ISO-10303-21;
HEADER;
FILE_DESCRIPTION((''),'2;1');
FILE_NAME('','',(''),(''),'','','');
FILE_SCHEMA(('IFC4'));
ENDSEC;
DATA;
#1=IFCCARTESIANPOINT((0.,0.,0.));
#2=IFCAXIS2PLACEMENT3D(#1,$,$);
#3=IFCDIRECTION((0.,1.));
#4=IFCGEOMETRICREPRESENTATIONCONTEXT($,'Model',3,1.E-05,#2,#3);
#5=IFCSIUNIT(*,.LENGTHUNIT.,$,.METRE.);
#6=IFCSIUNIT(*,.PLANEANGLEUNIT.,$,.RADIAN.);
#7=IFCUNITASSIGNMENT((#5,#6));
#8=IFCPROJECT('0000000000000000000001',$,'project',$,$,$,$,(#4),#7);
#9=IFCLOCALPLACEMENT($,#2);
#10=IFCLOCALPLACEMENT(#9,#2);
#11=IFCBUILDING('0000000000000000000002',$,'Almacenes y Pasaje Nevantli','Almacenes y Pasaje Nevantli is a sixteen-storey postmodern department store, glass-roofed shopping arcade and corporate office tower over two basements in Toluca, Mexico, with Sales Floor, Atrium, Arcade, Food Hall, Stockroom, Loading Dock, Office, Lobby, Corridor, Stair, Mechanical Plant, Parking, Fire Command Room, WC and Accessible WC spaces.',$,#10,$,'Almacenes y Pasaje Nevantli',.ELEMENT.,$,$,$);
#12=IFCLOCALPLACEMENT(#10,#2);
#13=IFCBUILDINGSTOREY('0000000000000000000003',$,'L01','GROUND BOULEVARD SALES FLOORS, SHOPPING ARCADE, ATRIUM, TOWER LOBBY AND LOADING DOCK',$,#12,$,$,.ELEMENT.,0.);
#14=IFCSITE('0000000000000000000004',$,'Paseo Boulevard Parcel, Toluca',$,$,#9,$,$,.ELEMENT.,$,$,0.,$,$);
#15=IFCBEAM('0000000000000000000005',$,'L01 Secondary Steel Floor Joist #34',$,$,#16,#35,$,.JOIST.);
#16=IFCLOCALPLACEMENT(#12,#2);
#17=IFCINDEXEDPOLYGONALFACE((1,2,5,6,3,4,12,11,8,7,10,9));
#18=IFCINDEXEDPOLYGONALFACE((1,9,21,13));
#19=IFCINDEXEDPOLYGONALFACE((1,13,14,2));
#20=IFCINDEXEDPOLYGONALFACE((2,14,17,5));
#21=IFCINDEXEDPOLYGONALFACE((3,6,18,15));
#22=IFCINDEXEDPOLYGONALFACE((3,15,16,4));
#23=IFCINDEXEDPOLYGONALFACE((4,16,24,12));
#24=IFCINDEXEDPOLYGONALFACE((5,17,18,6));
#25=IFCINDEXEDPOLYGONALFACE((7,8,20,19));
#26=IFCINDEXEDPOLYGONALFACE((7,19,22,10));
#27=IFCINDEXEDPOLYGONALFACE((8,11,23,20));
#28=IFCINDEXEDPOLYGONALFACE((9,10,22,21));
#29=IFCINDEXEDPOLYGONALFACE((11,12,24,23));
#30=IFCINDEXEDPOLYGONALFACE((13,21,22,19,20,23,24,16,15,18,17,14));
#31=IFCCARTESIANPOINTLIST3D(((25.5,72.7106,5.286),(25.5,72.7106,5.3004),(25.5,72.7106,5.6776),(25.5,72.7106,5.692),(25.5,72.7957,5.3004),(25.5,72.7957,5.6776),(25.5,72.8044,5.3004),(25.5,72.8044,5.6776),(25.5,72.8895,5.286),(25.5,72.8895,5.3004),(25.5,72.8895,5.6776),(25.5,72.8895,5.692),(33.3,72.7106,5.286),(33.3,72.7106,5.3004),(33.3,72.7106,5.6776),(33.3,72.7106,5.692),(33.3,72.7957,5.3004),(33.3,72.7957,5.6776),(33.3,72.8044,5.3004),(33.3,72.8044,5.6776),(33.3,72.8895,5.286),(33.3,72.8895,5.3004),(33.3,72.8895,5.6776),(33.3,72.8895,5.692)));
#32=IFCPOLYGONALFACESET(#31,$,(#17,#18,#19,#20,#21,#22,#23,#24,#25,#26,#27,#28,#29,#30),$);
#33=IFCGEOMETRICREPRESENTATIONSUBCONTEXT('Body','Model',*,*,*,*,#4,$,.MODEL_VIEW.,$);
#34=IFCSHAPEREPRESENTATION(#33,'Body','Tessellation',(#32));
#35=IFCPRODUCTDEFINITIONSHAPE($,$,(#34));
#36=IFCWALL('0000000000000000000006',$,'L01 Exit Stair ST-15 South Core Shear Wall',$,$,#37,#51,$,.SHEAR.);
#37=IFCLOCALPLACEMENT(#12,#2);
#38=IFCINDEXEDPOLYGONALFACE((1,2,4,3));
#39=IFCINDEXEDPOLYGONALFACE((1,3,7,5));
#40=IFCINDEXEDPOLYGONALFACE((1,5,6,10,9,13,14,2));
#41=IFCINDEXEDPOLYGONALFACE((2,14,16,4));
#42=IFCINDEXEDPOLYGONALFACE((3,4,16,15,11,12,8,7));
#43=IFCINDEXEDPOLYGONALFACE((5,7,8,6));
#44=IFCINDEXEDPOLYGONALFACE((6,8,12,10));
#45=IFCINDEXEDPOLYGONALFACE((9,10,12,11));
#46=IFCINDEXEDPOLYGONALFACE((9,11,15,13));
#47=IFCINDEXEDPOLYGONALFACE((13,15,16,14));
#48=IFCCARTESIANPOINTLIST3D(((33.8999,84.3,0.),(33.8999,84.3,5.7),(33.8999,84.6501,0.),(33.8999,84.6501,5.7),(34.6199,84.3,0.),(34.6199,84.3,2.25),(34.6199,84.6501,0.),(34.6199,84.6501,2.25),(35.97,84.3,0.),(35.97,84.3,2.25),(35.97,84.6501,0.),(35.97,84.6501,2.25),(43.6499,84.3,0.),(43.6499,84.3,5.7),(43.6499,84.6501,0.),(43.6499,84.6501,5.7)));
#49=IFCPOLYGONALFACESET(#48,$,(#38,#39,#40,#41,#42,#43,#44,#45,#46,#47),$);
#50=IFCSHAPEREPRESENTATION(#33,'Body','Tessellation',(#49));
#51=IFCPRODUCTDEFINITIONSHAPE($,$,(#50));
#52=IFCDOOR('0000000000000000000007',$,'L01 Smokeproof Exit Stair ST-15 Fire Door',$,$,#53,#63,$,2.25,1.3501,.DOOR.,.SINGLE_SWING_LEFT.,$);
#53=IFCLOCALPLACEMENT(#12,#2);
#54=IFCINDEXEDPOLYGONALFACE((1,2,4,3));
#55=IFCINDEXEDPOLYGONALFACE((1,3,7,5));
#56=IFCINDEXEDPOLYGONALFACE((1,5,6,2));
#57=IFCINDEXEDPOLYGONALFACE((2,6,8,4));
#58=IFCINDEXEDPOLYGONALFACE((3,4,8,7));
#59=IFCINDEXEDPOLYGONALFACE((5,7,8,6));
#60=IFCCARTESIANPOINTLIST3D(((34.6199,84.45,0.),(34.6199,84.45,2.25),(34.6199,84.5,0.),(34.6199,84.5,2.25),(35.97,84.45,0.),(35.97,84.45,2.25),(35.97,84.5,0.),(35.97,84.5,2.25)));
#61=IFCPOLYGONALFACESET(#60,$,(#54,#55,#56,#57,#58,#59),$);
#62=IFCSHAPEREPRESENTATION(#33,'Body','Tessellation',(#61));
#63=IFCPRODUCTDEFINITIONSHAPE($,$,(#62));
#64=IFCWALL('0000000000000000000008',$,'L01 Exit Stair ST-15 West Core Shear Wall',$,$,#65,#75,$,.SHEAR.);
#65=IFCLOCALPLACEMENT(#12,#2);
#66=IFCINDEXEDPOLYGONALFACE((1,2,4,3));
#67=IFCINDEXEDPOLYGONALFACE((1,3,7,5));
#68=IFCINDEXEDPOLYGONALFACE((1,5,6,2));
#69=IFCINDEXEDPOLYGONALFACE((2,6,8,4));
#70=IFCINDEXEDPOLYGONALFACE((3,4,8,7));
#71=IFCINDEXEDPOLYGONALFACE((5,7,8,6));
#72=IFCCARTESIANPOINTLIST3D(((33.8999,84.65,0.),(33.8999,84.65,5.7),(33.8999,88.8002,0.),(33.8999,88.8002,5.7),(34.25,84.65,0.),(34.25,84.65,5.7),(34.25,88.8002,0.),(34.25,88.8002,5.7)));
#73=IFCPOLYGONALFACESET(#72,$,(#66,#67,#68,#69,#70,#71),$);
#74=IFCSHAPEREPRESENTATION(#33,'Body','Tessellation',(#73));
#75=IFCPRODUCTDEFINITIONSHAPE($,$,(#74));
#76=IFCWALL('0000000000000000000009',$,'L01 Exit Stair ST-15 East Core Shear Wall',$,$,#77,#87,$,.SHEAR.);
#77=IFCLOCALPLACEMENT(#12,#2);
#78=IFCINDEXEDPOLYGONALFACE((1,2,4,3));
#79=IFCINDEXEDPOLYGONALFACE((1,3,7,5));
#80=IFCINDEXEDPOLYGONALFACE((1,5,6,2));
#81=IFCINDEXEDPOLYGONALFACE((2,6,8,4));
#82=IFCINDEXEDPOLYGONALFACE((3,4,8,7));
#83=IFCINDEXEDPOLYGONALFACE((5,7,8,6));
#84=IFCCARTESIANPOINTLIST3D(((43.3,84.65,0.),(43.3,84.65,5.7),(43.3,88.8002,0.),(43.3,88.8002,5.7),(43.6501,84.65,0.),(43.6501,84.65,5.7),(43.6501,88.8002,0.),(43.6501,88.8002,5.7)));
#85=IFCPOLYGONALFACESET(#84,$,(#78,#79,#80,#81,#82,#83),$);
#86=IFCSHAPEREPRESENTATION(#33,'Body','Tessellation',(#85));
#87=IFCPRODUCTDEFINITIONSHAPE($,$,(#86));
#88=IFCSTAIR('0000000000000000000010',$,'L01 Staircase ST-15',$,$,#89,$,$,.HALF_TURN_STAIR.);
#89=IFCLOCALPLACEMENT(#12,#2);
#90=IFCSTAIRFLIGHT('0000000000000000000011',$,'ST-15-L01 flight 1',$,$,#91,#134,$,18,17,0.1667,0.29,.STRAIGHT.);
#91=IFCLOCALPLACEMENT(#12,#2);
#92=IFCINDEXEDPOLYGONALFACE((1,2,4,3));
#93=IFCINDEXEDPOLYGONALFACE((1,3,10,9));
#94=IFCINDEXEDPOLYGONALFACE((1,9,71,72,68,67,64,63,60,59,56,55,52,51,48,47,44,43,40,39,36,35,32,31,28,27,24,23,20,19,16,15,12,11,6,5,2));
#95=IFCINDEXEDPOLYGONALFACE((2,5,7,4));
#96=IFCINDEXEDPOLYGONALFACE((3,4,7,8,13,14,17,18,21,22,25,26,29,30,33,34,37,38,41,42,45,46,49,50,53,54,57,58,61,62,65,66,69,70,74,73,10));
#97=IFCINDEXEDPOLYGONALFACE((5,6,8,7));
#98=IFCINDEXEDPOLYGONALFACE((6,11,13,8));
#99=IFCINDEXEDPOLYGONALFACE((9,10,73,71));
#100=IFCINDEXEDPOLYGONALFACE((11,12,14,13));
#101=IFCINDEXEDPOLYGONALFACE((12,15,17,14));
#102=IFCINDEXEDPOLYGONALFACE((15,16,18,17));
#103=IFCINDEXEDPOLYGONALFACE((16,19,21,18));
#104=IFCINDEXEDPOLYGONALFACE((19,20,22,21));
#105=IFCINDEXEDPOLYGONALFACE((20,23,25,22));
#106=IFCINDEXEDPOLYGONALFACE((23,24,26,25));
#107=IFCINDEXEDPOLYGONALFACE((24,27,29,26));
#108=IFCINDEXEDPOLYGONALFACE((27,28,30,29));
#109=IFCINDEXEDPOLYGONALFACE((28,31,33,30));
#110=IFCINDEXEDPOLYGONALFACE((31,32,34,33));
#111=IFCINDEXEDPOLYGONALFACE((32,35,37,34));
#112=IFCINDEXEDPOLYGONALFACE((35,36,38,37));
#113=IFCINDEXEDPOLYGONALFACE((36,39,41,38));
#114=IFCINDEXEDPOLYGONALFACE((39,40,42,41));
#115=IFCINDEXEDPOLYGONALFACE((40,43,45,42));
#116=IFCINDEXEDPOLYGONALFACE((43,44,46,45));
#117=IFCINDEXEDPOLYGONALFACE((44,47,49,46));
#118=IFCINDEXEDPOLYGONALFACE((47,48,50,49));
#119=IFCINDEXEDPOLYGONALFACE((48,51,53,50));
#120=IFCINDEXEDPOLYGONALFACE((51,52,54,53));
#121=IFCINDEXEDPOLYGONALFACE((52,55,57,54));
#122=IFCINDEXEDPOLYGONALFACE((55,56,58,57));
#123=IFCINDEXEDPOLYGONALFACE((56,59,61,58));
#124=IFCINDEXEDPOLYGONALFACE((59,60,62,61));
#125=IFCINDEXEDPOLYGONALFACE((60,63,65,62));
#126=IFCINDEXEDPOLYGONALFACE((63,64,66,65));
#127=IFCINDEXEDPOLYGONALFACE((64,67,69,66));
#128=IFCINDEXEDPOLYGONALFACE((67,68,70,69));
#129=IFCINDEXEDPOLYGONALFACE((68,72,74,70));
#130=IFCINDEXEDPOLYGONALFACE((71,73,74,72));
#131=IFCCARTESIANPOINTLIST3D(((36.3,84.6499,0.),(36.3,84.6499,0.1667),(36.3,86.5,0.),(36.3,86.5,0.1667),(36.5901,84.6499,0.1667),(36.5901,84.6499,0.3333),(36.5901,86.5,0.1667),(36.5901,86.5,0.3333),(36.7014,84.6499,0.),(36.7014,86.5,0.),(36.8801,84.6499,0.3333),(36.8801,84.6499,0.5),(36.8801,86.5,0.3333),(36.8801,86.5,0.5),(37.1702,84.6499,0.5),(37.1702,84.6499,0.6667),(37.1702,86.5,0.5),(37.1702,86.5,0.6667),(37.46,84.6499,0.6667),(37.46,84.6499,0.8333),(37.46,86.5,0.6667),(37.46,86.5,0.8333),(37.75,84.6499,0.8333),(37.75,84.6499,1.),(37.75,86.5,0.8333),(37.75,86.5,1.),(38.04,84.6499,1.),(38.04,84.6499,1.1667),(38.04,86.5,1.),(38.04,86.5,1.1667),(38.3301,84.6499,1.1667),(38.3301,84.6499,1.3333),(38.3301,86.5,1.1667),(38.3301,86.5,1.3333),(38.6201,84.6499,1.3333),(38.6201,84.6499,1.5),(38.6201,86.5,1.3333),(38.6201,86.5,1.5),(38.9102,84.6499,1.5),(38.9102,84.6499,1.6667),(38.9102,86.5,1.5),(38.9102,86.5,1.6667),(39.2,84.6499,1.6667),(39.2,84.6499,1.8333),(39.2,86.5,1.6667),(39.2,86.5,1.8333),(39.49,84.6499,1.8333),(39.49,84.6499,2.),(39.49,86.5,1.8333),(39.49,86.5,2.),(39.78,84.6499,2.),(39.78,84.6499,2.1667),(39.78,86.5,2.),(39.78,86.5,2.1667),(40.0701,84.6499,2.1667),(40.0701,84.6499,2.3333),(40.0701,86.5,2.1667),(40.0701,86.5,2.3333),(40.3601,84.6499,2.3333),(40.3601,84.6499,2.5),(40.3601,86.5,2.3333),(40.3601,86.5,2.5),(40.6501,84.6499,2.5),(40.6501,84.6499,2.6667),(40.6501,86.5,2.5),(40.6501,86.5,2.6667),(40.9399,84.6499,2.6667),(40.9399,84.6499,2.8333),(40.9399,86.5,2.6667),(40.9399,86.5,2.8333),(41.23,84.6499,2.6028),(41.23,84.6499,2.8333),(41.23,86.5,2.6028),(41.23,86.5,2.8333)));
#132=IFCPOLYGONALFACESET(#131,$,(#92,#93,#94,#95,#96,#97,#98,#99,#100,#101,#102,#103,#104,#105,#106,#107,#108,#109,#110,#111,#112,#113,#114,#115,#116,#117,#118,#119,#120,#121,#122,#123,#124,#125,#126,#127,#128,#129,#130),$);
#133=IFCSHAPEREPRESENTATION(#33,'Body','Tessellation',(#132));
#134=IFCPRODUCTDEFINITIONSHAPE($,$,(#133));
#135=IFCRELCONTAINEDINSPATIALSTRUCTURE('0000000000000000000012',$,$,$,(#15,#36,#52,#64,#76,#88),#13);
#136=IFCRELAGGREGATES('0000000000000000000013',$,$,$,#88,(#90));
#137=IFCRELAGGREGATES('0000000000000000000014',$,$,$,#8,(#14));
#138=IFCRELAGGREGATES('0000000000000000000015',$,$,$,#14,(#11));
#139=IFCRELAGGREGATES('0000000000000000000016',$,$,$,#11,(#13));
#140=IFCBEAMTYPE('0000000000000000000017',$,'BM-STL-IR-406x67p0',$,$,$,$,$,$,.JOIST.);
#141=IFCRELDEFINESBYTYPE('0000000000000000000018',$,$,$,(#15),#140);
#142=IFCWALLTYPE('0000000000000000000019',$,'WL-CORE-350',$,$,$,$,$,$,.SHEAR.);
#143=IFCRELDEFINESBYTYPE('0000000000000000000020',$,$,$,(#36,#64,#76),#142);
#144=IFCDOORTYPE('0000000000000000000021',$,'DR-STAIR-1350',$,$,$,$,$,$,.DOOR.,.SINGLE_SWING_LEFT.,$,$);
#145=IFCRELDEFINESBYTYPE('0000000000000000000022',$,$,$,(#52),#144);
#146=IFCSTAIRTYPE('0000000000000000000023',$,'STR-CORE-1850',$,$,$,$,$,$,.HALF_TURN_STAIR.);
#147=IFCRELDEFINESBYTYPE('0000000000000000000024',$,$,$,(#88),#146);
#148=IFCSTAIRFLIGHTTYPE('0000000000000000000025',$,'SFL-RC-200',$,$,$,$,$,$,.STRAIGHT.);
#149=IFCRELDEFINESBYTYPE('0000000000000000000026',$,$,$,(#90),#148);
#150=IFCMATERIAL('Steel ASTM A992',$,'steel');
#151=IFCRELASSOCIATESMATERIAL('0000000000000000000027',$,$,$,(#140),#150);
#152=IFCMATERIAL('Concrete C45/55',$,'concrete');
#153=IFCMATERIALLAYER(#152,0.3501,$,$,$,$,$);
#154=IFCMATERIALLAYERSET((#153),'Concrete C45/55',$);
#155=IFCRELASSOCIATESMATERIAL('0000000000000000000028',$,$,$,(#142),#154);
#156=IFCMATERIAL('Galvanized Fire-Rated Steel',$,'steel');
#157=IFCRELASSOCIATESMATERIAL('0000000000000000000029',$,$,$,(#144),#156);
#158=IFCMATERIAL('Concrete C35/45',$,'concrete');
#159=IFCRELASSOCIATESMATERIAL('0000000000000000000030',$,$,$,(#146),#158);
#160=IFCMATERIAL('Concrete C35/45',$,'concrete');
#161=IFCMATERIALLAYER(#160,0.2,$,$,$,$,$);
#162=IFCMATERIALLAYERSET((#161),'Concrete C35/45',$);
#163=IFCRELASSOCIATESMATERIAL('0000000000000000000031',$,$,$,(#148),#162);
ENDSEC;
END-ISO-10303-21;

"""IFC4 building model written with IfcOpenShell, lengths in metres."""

from ifc_helpers import new_model, si_unit, direction, frame, frame_2d, origin, origin_2d, place, context, subcontext, project, spatial, polyline, rectangle, i_section, outline, extrude, material, layer, layer_set, material_profile, profile_set, type_object, element, fill, aggregate, save


model = new_model("IFC4")

# Units and contexts
model_context = context("Model", 3, precision=1e-05, world=origin(), true_north=direction((0.0, 1.0)))
body_context = subcontext(model_context, "Body", "Model", "MODEL_VIEW")
ifc_project = project(units=[si_unit("LENGTHUNIT", "METRE"), si_unit("PLANEANGLEUNIT", "RADIAN")], contexts=[model_context])

# Site, building, storey
site_placement = place(None, origin())
site = spatial("IfcSite", under=ifc_project, at=site_placement, Name="Paseo Boulevard Parcel, Toluca", CompositionType="ELEMENT", RefElevation=0.0)
building_placement = place(site_placement, origin())
building = spatial("IfcBuilding", under=site, at=building_placement, Name="Almacenes y Pasaje Nevantli", Description="Almacenes y Pasaje Nevantli is a sixteen-storey postmodern department store, glass-roofed shopping arcade and corporate office tower over two basements in Toluca, Mexico, with Sales Floor, Atrium, Arcade, Food Hall, Stockroom, Loading Dock, Office, Lobby, Corridor, Stair, Mechanical Plant, Parking, Fire Command Room, WC and Accessible WC spaces.", LongName="Almacenes y Pasaje Nevantli", CompositionType="ELEMENT")
storey_placement = place(building_placement, origin())
storey = spatial("IfcBuildingStorey", under=building, at=storey_placement, Name="L01", Description="GROUND BOULEVARD SALES FLOORS, SHOPPING ARCADE, ATRIUM, TOWER LOBBY AND LOADING DOCK", CompositionType="ELEMENT", Elevation=0.0)

# Beam
ifc_material_1 = material(Name="Steel ASTM A992", Category="steel")
ifc_material_profile_1 = material_profile(ifc_material_1, i_section(OverallWidth=0.179, OverallDepth=0.406, WebThickness=0.0088, FlangeThickness=0.0144, at=origin_2d()), Name="IR 406x67.0")
ifc_profile_set_1 = profile_set([ifc_material_profile_1], Name="Steel ASTM A992")
beam_type_1 = type_object("IfcBeamType", Name="BM-STL-IR-406x67p0", PredefinedType="JOIST", material=ifc_profile_set_1)
for number, where, z_axis, x_axis, name in (
    (1, (25.5, 72.8, 5.489), (1.0, 0.0, 0.0), (0.0, 1.0, 0.0), "L01 Secondary Steel Floor Joist #34"),
):
    element("IfcBeam", number, at=place(storey_placement, frame(where, z_axis=z_axis, x_axis=x_axis)), inside=storey, type_object=beam_type_1, Name=name, PredefinedType="JOIST", context=body_context, shape_type="SweptSolid", body=[
        extrude(i_section(OverallWidth=0.179, OverallDepth=0.406, WebThickness=0.0088, FlangeThickness=0.0144, at=origin_2d()), origin(), (0.0, 0.0, 1.0), 7.8),
    ])

# Wall, opening, door
ifc_material_2 = material(Name="Concrete C45/55", Category="concrete")
ifc_layer_1 = layer(ifc_material_2, 0.3501)
ifc_layer_set_1 = layer_set([ifc_layer_1], Name="Concrete C45/55")
wall_type = type_object("IfcWallType", Name="WL-CORE-350", PredefinedType="SHEAR", material=ifc_layer_set_1)
wall_placement = place(storey_placement, frame((33.8999, 84.4751, 0.0), z_axis=(0.0, 0.0, 1.0), x_axis=(1.0, 0.0, 0.0)))
wall = element("IfcWall", 2, at=wall_placement, inside=storey, type_object=wall_type, Name="L01 Exit Stair ST-15 South Core Shear Wall", PredefinedType="SHEAR", context=body_context, shape_type="SweptSolid", body=[
    extrude(rectangle(XDim=9.75, YDim=0.3501, at=frame_2d((4.875, 0.0))), origin(), (0.0, 0.0, 1.0), 5.7),
])
opening_placement = place(wall_placement, frame((0.72, 0.0, 0.0)))
opening = element("IfcOpeningElement", 3, at=opening_placement, cuts=wall, PredefinedType="OPENING", context=body_context, shape_type="SweptSolid", body=[
    extrude(rectangle(XDim=1.3501, YDim=2.25, at=frame_2d((0.675, 1.125))), frame((0.0, 0.1851, 0.0), z_axis=(0.0, -1.0, 0.0), x_axis=(1.0, 0.0, 0.0)), (0.0, 0.0, 1.0), 0.3701),
])
ifc_material_3 = material(Name="Galvanized Fire-Rated Steel", Category="steel")
door_type = type_object("IfcDoorType", Name="DR-STAIR-1350", OperationType="SINGLE_SWING_LEFT", PredefinedType="DOOR", material=ifc_material_3)
door_placement = place(opening_placement, origin())
door = element("IfcDoor", 4, at=door_placement, inside=storey, type_object=door_type, Name="L01 Smokeproof Exit Stair ST-15 Fire Door", OperationType="SINGLE_SWING_LEFT", OverallHeight=2.25, OverallWidth=1.3501, PredefinedType="DOOR", context=body_context, shape_type="SweptSolid", body=[
    extrude(rectangle(XDim=1.3501, YDim=2.25, at=frame_2d((0.675, 1.125))), frame((0.0, 0.0249, 0.0), z_axis=(0.0, -1.0, 0.0), x_axis=(1.0, 0.0, 0.0)), (0.0, 0.0, 1.0), 0.05),
])
fill(opening, door)

# Walls
for number, where, z_axis, x_axis, name in (
    (5, (34.075, 84.6499, 0.0), (0.0, 0.0, 1.0), (0.0, 1.0, 0.0), "L01 Exit Stair ST-15 West Core Shear Wall"),
    (6, (43.4751, 84.6499, 0.0), (0.0, 0.0, 1.0), (0.0, 1.0, 0.0), "L01 Exit Stair ST-15 East Core Shear Wall"),
):
    element("IfcWall", number, at=place(storey_placement, frame(where, z_axis=z_axis, x_axis=x_axis)), inside=storey, type_object=wall_type, Name=name, PredefinedType="SHEAR", context=body_context, shape_type="SweptSolid", body=[
        extrude(rectangle(XDim=4.1501, YDim=0.3501, at=frame_2d((2.0752, 0.0))), origin(), (0.0, 0.0, 1.0), 5.7),
    ])

# Stair, stair flight
ifc_material_4 = material(Name="Concrete C35/45", Category="concrete")
stair_type = type_object("IfcStairType", Name="STR-CORE-1850", PredefinedType="HALF_TURN_STAIR", material=ifc_material_4)
stair_placement = place(storey_placement, origin())
stair = element("IfcStair", 7, at=stair_placement, inside=storey, type_object=stair_type, Name="L01 Staircase ST-15", PredefinedType="HALF_TURN_STAIR")
ifc_material_5 = material(Name="Concrete C35/45", Category="concrete")
ifc_layer_2 = layer(ifc_material_5, 0.2)
ifc_layer_set_2 = layer_set([ifc_layer_2], Name="Concrete C35/45")
stair_flight_type = type_object("IfcStairFlightType", Name="SFL-RC-200", PredefinedType="STRAIGHT", material=ifc_layer_set_2)
stair_flight_placement = place(storey_placement, frame((36.3, 85.575, 0.0), z_axis=(0.0, 0.0, 1.0), x_axis=(1.0, 0.0, 0.0)))
stair_flight = element("IfcStairFlight", 8, at=stair_flight_placement, type_object=stair_flight_type, Name="ST-15-L01 flight 1", NumberOfRisers=18, NumberOfTreads=17, PredefinedType="STRAIGHT", RiserHeight=0.1667, TreadLength=0.29, context=body_context, shape_type="SweptSolid", body=[
    extrude(outline(polyline([(0.0, 0.0), (0.0, 0.1667), (0.29, 0.1667), (0.29, 0.3333), (0.5801, 0.3333), (0.5801, 0.5), (0.8701, 0.5), (0.8701, 0.6667), (1.1599, 0.6667), (1.1599, 0.8333), (1.45, 0.8333), (1.45, 1.0), (1.74, 1.0), (1.74, 1.1667), (2.03, 1.1667), (2.03, 1.3333), (2.3201, 1.3333), (2.3201, 1.5), (2.6101, 1.5), (2.6101, 1.6667), (2.8999, 1.6667), (2.8999, 1.8333), (3.1899, 1.8333), (3.1899, 2.0), (3.48, 2.0), (3.48, 2.1667), (3.77, 2.1667), (3.77, 2.3333), (4.0601, 2.3333), (4.0601, 2.5), (4.3501, 2.5), (4.3501, 2.6667), (4.6399, 2.6667), (4.6399, 2.8333), (4.9299, 2.8333), (4.9299, 3.0), (4.9299, 2.6028), (0.4014, 0.0), (0.0, 0.0)])), frame((0.0, 0.925, 0.0), z_axis=(0.0, -1.0, 0.0), x_axis=(1.0, 0.0, 0.0)), (0.0, 0.0, 1.0), 1.8501),
])
aggregate(stair, [stair_flight])

save(model, "model.ifc")
